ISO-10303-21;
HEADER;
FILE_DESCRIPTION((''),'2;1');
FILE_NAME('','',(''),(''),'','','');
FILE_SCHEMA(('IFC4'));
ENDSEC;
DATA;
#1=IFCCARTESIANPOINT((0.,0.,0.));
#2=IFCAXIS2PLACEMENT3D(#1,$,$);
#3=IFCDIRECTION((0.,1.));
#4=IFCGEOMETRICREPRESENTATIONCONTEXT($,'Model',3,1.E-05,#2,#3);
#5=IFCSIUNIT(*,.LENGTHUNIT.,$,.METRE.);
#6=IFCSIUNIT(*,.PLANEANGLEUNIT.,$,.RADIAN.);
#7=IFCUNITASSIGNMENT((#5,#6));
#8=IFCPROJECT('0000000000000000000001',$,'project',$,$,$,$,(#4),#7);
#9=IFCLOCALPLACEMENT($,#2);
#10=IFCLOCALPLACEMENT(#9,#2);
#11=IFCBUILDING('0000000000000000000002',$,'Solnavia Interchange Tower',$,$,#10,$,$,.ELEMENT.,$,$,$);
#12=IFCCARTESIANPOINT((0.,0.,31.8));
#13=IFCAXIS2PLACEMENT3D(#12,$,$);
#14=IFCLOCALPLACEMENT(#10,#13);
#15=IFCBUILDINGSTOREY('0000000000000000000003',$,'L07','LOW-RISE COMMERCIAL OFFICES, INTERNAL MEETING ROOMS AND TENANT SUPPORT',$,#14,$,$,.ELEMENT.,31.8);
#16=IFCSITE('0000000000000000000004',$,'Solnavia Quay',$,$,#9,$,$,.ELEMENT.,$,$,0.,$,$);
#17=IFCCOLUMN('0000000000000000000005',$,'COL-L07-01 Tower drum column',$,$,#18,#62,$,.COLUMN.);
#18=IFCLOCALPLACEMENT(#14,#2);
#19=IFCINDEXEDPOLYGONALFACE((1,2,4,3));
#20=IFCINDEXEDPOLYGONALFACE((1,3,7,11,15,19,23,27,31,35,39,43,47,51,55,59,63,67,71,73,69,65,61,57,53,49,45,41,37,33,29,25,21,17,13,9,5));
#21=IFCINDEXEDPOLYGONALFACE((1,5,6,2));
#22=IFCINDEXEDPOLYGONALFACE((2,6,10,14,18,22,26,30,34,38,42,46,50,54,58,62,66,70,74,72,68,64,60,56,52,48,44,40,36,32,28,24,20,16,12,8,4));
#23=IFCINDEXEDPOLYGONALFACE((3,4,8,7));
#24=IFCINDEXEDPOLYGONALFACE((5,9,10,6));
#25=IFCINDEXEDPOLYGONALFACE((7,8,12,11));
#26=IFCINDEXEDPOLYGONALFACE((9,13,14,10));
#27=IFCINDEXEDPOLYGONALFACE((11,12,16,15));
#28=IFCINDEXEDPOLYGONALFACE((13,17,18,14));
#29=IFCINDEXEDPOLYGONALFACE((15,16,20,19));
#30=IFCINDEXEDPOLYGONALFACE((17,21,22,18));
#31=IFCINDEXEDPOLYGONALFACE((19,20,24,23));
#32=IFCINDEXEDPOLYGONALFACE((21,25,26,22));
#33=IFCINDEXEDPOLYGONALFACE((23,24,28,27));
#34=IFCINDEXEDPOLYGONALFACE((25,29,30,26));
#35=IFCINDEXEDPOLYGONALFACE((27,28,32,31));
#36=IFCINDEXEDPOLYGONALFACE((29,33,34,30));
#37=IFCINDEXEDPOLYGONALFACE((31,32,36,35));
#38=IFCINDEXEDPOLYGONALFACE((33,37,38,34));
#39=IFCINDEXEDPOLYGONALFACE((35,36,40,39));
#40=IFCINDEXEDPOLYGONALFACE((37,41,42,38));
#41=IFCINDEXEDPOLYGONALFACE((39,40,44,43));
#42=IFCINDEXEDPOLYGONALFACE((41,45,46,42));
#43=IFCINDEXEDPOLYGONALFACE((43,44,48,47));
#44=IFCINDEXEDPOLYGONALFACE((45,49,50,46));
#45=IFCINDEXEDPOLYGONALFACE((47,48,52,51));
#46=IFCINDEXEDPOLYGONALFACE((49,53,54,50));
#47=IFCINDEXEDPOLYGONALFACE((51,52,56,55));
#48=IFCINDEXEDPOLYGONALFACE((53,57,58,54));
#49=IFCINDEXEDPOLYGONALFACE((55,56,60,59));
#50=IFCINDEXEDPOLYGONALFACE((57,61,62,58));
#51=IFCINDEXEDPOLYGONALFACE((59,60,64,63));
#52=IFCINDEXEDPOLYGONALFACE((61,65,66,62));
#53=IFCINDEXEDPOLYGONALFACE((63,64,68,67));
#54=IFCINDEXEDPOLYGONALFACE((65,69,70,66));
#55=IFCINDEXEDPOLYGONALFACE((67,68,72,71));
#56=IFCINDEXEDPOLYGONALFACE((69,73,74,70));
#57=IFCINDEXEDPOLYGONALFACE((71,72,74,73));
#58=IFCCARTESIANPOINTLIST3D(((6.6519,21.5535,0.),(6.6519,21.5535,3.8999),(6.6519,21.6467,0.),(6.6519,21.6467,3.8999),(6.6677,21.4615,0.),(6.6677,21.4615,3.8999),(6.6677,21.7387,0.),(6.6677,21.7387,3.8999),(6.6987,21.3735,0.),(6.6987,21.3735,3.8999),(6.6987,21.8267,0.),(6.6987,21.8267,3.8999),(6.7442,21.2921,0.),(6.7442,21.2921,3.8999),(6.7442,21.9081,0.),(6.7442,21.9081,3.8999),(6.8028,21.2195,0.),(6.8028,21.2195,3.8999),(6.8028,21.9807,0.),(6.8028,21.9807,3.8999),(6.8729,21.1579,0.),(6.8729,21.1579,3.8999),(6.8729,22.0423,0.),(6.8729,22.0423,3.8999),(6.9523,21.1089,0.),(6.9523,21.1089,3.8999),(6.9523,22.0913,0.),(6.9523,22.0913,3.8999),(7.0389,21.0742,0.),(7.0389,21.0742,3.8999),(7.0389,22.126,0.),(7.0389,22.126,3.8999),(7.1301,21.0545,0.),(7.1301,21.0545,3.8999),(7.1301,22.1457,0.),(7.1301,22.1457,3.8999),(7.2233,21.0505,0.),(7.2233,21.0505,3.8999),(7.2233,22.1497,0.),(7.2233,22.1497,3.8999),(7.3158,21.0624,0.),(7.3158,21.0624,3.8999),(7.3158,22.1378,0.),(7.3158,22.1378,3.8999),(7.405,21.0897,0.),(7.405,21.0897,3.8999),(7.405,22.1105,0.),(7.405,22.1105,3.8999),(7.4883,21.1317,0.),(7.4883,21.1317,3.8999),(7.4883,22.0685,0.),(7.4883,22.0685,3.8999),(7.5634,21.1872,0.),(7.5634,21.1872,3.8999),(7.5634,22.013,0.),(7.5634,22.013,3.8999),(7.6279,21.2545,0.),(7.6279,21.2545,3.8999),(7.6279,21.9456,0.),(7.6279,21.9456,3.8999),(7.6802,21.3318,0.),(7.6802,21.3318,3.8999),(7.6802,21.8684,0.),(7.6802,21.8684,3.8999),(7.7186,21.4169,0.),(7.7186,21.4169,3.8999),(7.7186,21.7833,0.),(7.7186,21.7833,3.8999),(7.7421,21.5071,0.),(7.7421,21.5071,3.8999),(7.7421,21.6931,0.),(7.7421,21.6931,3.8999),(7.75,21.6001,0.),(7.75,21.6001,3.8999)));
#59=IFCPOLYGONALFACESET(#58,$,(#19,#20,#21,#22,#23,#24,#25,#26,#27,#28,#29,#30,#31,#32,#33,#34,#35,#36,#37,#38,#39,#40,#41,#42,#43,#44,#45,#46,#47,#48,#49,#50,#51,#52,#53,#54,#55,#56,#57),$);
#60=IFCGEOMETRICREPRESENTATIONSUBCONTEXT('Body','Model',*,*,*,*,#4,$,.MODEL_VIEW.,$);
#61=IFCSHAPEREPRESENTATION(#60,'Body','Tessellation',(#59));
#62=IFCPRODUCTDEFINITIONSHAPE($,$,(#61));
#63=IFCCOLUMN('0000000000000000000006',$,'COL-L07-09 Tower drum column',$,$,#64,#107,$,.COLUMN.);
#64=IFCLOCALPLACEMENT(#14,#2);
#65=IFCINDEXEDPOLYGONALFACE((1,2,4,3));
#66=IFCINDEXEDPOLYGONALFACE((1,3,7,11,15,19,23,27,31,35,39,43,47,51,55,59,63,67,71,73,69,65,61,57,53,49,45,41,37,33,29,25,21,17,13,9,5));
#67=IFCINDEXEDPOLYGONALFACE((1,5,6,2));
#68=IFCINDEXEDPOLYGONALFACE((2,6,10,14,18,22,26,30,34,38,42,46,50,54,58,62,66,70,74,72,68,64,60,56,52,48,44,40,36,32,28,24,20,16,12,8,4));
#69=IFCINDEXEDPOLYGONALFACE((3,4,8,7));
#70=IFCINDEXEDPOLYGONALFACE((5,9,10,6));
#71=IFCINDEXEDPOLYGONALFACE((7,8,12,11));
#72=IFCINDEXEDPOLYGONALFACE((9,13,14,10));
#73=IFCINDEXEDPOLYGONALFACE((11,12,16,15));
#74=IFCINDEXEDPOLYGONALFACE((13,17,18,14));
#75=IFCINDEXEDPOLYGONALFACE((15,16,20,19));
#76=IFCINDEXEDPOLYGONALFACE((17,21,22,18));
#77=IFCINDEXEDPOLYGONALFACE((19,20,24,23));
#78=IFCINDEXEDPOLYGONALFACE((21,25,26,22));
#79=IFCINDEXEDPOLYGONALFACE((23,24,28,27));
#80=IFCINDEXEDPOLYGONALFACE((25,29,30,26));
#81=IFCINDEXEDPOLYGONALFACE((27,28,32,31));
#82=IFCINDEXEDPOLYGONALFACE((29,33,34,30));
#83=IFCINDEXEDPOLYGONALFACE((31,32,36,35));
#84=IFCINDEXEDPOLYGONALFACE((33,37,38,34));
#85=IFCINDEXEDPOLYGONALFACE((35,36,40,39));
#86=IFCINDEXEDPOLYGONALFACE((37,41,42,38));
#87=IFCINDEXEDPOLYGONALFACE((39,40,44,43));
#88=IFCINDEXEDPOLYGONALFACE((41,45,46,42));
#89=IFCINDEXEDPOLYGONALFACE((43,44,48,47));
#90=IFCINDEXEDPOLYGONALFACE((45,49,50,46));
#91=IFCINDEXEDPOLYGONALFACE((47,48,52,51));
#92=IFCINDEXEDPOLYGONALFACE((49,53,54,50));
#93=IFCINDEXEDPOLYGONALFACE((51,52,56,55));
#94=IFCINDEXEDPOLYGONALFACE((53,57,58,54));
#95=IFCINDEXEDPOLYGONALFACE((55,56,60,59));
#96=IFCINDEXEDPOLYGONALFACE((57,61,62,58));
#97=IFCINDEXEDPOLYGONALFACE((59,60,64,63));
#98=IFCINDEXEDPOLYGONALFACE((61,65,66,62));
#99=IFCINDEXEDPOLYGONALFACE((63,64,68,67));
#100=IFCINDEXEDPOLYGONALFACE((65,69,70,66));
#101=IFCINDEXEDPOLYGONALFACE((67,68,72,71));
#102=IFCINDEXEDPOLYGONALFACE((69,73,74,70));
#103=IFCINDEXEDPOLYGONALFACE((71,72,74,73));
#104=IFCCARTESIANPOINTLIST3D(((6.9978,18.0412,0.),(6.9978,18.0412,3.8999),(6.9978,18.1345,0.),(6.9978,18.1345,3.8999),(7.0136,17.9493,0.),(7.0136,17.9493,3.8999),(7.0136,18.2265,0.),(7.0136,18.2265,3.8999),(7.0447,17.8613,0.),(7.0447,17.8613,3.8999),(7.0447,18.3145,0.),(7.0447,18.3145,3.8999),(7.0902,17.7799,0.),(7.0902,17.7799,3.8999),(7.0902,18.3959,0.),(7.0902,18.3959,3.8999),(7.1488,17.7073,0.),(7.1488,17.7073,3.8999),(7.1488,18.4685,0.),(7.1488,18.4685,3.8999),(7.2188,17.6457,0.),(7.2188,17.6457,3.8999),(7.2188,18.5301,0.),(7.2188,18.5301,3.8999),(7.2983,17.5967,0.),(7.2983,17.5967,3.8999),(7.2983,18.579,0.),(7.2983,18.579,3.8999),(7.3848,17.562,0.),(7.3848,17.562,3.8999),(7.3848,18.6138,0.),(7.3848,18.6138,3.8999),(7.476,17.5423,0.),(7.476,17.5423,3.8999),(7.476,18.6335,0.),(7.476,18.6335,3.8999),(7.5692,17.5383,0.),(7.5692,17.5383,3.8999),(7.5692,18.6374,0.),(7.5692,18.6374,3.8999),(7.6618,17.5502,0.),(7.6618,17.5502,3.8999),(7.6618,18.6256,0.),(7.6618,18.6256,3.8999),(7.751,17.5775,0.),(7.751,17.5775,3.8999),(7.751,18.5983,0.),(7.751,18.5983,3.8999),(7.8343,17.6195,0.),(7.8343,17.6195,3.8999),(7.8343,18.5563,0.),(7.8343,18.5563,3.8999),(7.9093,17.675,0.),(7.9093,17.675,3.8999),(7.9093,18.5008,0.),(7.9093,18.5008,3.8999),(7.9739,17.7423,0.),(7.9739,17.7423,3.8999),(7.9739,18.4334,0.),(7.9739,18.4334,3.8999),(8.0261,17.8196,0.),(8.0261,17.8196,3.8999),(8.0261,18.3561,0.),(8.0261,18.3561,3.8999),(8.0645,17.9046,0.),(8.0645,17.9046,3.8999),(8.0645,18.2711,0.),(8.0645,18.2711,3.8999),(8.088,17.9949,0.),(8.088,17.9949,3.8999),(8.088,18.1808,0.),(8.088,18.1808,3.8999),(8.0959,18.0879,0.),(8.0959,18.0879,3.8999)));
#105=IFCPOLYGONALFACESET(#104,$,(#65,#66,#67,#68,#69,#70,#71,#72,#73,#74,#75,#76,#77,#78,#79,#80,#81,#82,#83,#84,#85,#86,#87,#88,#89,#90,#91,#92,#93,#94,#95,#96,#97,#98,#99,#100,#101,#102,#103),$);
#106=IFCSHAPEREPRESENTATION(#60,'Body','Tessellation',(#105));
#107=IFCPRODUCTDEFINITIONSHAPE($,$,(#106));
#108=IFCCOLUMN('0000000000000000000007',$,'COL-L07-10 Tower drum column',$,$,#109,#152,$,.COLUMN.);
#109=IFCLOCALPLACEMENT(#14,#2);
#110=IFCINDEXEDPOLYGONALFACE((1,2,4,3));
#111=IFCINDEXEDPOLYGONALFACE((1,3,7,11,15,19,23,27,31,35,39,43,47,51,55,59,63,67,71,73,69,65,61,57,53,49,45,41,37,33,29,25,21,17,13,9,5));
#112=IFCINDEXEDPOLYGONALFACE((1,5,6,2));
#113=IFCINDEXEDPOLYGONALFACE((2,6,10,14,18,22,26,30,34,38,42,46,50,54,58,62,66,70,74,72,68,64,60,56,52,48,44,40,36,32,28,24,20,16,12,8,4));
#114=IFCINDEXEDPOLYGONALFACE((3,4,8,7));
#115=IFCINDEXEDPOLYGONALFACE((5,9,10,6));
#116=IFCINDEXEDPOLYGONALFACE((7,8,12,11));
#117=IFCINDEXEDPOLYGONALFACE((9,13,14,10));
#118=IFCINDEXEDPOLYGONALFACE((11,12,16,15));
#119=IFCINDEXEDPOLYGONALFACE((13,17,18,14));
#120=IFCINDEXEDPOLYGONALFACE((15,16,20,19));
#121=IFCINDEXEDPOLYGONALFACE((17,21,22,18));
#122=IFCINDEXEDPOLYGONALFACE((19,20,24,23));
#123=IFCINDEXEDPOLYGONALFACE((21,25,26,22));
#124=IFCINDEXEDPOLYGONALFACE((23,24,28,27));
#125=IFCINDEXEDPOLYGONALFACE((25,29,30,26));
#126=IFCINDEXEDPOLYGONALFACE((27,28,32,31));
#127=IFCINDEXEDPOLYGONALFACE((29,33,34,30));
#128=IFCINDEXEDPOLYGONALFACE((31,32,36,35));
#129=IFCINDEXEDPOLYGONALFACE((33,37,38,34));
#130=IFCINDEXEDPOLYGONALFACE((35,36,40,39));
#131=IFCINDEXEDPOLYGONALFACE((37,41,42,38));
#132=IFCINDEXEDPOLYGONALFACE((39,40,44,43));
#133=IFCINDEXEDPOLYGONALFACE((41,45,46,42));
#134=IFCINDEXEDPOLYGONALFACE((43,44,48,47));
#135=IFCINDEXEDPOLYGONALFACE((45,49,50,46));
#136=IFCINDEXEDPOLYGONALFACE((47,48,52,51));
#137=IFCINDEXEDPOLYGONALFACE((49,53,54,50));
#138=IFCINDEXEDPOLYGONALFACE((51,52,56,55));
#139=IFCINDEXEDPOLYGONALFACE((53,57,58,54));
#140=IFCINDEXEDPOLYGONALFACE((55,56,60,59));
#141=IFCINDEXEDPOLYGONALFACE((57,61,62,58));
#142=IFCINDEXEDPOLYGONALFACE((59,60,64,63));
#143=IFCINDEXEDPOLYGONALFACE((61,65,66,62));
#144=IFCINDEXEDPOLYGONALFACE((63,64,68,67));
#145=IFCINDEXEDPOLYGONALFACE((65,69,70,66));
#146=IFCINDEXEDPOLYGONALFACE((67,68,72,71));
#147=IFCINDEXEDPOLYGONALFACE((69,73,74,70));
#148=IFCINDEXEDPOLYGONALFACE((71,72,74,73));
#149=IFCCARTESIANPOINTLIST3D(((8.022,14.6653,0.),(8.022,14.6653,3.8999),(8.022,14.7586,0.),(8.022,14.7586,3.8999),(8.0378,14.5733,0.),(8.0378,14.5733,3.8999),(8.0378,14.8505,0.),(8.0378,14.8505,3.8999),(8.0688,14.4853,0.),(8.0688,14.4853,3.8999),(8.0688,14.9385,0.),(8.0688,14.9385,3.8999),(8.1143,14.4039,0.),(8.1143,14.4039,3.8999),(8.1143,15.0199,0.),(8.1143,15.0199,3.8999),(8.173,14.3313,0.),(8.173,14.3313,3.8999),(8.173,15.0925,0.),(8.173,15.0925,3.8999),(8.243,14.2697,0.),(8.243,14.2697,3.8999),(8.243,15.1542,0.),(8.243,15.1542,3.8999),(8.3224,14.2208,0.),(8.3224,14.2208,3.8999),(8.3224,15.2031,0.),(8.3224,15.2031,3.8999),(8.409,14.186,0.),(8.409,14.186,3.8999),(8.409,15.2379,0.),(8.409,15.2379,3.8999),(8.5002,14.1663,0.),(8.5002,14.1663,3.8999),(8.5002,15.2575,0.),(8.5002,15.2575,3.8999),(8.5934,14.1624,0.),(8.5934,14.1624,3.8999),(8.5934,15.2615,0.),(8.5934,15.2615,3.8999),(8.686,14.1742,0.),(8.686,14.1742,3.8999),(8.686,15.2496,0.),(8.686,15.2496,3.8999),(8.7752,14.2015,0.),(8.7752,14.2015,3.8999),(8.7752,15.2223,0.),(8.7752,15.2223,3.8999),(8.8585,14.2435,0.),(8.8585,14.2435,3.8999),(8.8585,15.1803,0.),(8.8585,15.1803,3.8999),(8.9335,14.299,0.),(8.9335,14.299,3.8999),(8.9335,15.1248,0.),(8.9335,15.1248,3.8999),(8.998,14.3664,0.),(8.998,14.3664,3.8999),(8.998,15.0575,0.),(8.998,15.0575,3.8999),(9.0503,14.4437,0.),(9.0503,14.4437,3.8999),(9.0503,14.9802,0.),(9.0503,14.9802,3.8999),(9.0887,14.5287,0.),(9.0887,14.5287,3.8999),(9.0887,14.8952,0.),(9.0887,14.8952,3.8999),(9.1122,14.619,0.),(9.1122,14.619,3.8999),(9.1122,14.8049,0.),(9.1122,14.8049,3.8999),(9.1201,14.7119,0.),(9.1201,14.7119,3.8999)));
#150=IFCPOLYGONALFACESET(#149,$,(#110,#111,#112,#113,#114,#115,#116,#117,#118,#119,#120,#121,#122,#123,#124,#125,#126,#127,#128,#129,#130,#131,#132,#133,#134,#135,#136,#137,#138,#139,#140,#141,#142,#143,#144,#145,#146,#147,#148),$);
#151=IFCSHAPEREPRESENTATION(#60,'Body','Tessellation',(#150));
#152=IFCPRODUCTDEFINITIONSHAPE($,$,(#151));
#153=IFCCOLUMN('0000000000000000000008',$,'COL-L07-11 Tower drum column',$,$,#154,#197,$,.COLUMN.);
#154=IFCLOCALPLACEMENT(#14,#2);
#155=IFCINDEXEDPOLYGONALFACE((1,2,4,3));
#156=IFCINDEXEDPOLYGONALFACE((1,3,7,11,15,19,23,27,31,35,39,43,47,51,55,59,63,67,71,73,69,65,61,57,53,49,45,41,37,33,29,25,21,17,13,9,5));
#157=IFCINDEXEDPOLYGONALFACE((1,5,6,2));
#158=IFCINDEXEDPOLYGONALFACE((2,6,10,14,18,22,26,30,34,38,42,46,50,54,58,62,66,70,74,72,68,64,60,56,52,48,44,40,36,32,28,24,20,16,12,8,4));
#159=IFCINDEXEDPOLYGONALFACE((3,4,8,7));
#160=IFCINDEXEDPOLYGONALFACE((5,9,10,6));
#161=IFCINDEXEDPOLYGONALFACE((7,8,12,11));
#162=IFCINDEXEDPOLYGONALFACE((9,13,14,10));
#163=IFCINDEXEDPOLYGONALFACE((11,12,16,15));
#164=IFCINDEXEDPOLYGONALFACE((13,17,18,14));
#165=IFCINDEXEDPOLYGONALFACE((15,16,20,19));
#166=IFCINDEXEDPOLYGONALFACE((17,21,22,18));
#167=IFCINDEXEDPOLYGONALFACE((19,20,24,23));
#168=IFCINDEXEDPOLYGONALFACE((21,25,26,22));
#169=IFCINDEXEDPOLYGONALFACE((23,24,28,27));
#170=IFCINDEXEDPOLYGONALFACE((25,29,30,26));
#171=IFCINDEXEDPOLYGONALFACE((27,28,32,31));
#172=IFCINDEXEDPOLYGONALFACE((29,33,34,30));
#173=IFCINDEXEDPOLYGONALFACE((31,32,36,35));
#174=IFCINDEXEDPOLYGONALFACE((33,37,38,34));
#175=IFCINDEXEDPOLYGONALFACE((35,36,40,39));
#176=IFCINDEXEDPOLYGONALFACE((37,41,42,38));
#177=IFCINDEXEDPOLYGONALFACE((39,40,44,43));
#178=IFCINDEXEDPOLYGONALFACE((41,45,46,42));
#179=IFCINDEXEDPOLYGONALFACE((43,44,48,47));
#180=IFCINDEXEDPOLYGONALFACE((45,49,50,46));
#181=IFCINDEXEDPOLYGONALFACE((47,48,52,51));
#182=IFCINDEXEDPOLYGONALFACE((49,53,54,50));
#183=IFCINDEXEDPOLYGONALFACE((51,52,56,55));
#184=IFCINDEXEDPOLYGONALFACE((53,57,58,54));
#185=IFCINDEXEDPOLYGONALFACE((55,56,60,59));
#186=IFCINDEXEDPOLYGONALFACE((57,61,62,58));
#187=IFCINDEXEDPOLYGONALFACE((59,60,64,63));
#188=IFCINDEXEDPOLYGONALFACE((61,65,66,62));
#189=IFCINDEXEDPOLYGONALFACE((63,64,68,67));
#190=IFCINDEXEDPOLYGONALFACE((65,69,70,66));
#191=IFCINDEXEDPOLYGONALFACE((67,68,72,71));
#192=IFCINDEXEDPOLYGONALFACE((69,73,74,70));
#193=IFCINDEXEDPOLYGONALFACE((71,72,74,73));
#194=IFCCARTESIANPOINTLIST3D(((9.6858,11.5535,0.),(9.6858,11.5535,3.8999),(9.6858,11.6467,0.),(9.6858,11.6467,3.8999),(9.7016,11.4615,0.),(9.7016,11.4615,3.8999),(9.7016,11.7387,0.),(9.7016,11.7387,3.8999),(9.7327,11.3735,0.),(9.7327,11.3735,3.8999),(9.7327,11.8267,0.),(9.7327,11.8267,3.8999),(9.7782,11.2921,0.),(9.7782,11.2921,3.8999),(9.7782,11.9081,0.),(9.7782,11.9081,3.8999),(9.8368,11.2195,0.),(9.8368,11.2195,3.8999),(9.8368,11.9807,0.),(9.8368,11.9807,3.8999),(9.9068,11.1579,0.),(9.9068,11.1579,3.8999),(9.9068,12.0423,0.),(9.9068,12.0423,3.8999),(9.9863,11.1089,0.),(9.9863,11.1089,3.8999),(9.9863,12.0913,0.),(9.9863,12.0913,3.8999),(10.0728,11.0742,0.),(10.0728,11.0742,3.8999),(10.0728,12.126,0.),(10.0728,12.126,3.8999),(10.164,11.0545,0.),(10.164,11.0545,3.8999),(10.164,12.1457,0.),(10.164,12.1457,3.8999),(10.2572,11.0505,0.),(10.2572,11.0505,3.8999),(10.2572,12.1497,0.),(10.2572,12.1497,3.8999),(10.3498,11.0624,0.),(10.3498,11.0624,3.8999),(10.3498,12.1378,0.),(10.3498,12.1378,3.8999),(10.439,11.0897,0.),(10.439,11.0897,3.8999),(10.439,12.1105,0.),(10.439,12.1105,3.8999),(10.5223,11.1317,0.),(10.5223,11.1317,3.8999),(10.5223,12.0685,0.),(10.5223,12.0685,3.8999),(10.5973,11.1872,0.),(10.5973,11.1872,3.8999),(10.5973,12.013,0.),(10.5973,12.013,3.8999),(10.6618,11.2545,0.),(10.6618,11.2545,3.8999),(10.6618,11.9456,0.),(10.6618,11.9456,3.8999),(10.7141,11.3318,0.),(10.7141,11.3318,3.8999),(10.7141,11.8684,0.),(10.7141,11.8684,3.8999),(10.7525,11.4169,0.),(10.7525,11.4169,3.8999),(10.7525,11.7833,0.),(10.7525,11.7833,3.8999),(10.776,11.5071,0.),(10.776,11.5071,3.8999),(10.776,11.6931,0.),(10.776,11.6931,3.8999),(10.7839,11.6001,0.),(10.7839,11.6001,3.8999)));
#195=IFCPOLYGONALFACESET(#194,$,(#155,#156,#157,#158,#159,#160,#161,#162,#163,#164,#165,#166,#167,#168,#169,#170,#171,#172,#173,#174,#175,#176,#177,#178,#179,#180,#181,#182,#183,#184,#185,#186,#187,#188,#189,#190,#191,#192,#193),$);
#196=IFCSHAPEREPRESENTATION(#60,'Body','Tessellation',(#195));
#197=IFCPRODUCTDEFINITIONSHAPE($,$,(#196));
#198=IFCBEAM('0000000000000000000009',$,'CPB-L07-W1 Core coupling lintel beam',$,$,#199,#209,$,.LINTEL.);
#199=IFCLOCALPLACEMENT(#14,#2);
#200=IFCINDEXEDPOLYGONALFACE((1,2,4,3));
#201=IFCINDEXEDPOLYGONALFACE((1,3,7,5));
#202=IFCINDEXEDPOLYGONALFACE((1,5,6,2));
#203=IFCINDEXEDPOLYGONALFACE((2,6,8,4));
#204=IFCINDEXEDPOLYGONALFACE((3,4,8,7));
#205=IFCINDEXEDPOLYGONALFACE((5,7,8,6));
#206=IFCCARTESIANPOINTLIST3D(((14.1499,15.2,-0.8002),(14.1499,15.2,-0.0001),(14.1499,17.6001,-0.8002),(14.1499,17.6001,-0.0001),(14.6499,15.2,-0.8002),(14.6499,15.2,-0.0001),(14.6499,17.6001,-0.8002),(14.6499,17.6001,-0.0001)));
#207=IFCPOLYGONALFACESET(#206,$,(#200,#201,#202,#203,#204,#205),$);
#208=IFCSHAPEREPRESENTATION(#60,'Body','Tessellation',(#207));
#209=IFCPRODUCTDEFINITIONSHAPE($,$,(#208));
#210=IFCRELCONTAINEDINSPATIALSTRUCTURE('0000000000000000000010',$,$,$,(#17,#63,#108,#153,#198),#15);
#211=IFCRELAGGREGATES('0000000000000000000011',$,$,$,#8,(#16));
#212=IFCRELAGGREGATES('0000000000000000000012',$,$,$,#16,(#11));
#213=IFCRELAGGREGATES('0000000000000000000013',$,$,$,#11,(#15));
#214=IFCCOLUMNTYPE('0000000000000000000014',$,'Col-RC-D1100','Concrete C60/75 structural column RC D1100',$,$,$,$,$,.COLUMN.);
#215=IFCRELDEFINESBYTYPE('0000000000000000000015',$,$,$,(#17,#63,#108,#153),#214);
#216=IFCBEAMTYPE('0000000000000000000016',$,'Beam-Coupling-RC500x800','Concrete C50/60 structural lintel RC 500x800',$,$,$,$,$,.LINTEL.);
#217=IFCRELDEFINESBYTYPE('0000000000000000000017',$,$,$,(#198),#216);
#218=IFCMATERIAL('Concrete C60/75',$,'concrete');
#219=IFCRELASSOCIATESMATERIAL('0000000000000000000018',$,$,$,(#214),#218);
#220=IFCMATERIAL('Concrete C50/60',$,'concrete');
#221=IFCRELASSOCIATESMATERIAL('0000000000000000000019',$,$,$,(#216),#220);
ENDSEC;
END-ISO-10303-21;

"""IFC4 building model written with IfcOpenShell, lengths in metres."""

from ifc_helpers import new_model, si_unit, direction, frame, origin, origin_2d, place, context, subcontext, project, spatial, rectangle, circle, extrude, material, material_profile, profile_set, type_object, element, save


model = new_model("IFC4")

# Units and contexts
model_context = context("Model", 3, precision=1e-05, world=origin(), true_north=direction((0.0, 1.0)))
body_context = subcontext(model_context, "Body", "Model", "MODEL_VIEW")
ifc_project = project(units=[si_unit("LENGTHUNIT", "METRE"), si_unit("PLANEANGLEUNIT", "RADIAN")], contexts=[model_context])

# Site, building, storey
site_placement = place(None, origin())
site = spatial("IfcSite", under=ifc_project, at=site_placement, Name="Solnavia Quay", CompositionType="ELEMENT", RefElevation=0.0)
building_placement = place(site_placement, origin())
building = spatial("IfcBuilding", under=site, at=building_placement, Name="Solnavia Interchange Tower", CompositionType="ELEMENT")
storey_placement = place(building_placement, frame((0.0, 0.0, 31.8)))
storey = spatial("IfcBuildingStorey", under=building, at=storey_placement, Name="L07", Description="LOW-RISE COMMERCIAL OFFICES, INTERNAL MEETING ROOMS AND TENANT SUPPORT", CompositionType="ELEMENT", Elevation=31.8)

# Columns
ifc_material_1 = material(Name="Concrete C60/75", Category="concrete")
ifc_material_profile_1 = material_profile(ifc_material_1, circle(Radius=0.55, at=origin_2d()), Name="RC D1100")
ifc_profile_set_1 = profile_set([ifc_material_profile_1], Name="Concrete C60/75")
column_type = type_object("IfcColumnType", Name="Col-RC-D1100", Description="Concrete C60/75 structural column RC D1100", PredefinedType="COLUMN", material=ifc_profile_set_1)
for number, where, z_axis, x_axis, name in (
    (1, (7.2, 21.6001, 0.0), (0.0, 0.0, 1.0), (1.0, 0.0, 0.0), "COL-L07-01 Tower drum column"),
    (2, (7.5459, 18.0879, 0.0), (0.0, 0.0, 1.0), (1.0, 0.0, 0.0), "COL-L07-09 Tower drum column"),
    (3, (8.5701, 14.7119, 0.0), (0.0, 0.0, 1.0), (1.0, 0.0, 0.0), "COL-L07-10 Tower drum column"),
    (4, (10.2339, 11.6001, 0.0), (0.0, 0.0, 1.0), (1.0, 0.0, 0.0), "COL-L07-11 Tower drum column"),
):
    element("IfcColumn", number, at=place(storey_placement, frame(where, z_axis=z_axis, x_axis=x_axis)), inside=storey, type_object=column_type, Name=name, PredefinedType="COLUMN", context=body_context, shape_type="SweptSolid", body=[
        extrude(circle(Radius=0.55, at=origin_2d()), origin(), (0.0, 0.0, 1.0), 3.8999),
    ])

# Beam
ifc_material_2 = material(Name="Concrete C50/60", Category="concrete")
ifc_material_profile_2 = material_profile(ifc_material_2, rectangle(XDim=0.5, YDim=0.8, at=origin_2d()), Name="RC 500x800")
ifc_profile_set_2 = profile_set([ifc_material_profile_2], Name="Concrete C50/60")
beam_type_1 = type_object("IfcBeamType", Name="Beam-Coupling-RC500x800", Description="Concrete C50/60 structural lintel RC 500x800", PredefinedType="LINTEL", material=ifc_profile_set_2)
beam_1_placement = place(storey_placement, frame((14.3999, 15.2, -0.4001), z_axis=(0.0, 1.0, 0.0), x_axis=(-1.0, 0.0, 0.0)))
element("IfcBeam", 5, at=beam_1_placement, inside=storey, type_object=beam_type_1, Name="CPB-L07-W1 Core coupling lintel beam", PredefinedType="LINTEL", context=body_context, shape_type="SweptSolid", body=[
    extrude(rectangle(XDim=0.5, YDim=0.8, at=origin_2d()), origin(), (0.0, 0.0, 1.0), 2.4001),
])

save(model, "model.ifc")
